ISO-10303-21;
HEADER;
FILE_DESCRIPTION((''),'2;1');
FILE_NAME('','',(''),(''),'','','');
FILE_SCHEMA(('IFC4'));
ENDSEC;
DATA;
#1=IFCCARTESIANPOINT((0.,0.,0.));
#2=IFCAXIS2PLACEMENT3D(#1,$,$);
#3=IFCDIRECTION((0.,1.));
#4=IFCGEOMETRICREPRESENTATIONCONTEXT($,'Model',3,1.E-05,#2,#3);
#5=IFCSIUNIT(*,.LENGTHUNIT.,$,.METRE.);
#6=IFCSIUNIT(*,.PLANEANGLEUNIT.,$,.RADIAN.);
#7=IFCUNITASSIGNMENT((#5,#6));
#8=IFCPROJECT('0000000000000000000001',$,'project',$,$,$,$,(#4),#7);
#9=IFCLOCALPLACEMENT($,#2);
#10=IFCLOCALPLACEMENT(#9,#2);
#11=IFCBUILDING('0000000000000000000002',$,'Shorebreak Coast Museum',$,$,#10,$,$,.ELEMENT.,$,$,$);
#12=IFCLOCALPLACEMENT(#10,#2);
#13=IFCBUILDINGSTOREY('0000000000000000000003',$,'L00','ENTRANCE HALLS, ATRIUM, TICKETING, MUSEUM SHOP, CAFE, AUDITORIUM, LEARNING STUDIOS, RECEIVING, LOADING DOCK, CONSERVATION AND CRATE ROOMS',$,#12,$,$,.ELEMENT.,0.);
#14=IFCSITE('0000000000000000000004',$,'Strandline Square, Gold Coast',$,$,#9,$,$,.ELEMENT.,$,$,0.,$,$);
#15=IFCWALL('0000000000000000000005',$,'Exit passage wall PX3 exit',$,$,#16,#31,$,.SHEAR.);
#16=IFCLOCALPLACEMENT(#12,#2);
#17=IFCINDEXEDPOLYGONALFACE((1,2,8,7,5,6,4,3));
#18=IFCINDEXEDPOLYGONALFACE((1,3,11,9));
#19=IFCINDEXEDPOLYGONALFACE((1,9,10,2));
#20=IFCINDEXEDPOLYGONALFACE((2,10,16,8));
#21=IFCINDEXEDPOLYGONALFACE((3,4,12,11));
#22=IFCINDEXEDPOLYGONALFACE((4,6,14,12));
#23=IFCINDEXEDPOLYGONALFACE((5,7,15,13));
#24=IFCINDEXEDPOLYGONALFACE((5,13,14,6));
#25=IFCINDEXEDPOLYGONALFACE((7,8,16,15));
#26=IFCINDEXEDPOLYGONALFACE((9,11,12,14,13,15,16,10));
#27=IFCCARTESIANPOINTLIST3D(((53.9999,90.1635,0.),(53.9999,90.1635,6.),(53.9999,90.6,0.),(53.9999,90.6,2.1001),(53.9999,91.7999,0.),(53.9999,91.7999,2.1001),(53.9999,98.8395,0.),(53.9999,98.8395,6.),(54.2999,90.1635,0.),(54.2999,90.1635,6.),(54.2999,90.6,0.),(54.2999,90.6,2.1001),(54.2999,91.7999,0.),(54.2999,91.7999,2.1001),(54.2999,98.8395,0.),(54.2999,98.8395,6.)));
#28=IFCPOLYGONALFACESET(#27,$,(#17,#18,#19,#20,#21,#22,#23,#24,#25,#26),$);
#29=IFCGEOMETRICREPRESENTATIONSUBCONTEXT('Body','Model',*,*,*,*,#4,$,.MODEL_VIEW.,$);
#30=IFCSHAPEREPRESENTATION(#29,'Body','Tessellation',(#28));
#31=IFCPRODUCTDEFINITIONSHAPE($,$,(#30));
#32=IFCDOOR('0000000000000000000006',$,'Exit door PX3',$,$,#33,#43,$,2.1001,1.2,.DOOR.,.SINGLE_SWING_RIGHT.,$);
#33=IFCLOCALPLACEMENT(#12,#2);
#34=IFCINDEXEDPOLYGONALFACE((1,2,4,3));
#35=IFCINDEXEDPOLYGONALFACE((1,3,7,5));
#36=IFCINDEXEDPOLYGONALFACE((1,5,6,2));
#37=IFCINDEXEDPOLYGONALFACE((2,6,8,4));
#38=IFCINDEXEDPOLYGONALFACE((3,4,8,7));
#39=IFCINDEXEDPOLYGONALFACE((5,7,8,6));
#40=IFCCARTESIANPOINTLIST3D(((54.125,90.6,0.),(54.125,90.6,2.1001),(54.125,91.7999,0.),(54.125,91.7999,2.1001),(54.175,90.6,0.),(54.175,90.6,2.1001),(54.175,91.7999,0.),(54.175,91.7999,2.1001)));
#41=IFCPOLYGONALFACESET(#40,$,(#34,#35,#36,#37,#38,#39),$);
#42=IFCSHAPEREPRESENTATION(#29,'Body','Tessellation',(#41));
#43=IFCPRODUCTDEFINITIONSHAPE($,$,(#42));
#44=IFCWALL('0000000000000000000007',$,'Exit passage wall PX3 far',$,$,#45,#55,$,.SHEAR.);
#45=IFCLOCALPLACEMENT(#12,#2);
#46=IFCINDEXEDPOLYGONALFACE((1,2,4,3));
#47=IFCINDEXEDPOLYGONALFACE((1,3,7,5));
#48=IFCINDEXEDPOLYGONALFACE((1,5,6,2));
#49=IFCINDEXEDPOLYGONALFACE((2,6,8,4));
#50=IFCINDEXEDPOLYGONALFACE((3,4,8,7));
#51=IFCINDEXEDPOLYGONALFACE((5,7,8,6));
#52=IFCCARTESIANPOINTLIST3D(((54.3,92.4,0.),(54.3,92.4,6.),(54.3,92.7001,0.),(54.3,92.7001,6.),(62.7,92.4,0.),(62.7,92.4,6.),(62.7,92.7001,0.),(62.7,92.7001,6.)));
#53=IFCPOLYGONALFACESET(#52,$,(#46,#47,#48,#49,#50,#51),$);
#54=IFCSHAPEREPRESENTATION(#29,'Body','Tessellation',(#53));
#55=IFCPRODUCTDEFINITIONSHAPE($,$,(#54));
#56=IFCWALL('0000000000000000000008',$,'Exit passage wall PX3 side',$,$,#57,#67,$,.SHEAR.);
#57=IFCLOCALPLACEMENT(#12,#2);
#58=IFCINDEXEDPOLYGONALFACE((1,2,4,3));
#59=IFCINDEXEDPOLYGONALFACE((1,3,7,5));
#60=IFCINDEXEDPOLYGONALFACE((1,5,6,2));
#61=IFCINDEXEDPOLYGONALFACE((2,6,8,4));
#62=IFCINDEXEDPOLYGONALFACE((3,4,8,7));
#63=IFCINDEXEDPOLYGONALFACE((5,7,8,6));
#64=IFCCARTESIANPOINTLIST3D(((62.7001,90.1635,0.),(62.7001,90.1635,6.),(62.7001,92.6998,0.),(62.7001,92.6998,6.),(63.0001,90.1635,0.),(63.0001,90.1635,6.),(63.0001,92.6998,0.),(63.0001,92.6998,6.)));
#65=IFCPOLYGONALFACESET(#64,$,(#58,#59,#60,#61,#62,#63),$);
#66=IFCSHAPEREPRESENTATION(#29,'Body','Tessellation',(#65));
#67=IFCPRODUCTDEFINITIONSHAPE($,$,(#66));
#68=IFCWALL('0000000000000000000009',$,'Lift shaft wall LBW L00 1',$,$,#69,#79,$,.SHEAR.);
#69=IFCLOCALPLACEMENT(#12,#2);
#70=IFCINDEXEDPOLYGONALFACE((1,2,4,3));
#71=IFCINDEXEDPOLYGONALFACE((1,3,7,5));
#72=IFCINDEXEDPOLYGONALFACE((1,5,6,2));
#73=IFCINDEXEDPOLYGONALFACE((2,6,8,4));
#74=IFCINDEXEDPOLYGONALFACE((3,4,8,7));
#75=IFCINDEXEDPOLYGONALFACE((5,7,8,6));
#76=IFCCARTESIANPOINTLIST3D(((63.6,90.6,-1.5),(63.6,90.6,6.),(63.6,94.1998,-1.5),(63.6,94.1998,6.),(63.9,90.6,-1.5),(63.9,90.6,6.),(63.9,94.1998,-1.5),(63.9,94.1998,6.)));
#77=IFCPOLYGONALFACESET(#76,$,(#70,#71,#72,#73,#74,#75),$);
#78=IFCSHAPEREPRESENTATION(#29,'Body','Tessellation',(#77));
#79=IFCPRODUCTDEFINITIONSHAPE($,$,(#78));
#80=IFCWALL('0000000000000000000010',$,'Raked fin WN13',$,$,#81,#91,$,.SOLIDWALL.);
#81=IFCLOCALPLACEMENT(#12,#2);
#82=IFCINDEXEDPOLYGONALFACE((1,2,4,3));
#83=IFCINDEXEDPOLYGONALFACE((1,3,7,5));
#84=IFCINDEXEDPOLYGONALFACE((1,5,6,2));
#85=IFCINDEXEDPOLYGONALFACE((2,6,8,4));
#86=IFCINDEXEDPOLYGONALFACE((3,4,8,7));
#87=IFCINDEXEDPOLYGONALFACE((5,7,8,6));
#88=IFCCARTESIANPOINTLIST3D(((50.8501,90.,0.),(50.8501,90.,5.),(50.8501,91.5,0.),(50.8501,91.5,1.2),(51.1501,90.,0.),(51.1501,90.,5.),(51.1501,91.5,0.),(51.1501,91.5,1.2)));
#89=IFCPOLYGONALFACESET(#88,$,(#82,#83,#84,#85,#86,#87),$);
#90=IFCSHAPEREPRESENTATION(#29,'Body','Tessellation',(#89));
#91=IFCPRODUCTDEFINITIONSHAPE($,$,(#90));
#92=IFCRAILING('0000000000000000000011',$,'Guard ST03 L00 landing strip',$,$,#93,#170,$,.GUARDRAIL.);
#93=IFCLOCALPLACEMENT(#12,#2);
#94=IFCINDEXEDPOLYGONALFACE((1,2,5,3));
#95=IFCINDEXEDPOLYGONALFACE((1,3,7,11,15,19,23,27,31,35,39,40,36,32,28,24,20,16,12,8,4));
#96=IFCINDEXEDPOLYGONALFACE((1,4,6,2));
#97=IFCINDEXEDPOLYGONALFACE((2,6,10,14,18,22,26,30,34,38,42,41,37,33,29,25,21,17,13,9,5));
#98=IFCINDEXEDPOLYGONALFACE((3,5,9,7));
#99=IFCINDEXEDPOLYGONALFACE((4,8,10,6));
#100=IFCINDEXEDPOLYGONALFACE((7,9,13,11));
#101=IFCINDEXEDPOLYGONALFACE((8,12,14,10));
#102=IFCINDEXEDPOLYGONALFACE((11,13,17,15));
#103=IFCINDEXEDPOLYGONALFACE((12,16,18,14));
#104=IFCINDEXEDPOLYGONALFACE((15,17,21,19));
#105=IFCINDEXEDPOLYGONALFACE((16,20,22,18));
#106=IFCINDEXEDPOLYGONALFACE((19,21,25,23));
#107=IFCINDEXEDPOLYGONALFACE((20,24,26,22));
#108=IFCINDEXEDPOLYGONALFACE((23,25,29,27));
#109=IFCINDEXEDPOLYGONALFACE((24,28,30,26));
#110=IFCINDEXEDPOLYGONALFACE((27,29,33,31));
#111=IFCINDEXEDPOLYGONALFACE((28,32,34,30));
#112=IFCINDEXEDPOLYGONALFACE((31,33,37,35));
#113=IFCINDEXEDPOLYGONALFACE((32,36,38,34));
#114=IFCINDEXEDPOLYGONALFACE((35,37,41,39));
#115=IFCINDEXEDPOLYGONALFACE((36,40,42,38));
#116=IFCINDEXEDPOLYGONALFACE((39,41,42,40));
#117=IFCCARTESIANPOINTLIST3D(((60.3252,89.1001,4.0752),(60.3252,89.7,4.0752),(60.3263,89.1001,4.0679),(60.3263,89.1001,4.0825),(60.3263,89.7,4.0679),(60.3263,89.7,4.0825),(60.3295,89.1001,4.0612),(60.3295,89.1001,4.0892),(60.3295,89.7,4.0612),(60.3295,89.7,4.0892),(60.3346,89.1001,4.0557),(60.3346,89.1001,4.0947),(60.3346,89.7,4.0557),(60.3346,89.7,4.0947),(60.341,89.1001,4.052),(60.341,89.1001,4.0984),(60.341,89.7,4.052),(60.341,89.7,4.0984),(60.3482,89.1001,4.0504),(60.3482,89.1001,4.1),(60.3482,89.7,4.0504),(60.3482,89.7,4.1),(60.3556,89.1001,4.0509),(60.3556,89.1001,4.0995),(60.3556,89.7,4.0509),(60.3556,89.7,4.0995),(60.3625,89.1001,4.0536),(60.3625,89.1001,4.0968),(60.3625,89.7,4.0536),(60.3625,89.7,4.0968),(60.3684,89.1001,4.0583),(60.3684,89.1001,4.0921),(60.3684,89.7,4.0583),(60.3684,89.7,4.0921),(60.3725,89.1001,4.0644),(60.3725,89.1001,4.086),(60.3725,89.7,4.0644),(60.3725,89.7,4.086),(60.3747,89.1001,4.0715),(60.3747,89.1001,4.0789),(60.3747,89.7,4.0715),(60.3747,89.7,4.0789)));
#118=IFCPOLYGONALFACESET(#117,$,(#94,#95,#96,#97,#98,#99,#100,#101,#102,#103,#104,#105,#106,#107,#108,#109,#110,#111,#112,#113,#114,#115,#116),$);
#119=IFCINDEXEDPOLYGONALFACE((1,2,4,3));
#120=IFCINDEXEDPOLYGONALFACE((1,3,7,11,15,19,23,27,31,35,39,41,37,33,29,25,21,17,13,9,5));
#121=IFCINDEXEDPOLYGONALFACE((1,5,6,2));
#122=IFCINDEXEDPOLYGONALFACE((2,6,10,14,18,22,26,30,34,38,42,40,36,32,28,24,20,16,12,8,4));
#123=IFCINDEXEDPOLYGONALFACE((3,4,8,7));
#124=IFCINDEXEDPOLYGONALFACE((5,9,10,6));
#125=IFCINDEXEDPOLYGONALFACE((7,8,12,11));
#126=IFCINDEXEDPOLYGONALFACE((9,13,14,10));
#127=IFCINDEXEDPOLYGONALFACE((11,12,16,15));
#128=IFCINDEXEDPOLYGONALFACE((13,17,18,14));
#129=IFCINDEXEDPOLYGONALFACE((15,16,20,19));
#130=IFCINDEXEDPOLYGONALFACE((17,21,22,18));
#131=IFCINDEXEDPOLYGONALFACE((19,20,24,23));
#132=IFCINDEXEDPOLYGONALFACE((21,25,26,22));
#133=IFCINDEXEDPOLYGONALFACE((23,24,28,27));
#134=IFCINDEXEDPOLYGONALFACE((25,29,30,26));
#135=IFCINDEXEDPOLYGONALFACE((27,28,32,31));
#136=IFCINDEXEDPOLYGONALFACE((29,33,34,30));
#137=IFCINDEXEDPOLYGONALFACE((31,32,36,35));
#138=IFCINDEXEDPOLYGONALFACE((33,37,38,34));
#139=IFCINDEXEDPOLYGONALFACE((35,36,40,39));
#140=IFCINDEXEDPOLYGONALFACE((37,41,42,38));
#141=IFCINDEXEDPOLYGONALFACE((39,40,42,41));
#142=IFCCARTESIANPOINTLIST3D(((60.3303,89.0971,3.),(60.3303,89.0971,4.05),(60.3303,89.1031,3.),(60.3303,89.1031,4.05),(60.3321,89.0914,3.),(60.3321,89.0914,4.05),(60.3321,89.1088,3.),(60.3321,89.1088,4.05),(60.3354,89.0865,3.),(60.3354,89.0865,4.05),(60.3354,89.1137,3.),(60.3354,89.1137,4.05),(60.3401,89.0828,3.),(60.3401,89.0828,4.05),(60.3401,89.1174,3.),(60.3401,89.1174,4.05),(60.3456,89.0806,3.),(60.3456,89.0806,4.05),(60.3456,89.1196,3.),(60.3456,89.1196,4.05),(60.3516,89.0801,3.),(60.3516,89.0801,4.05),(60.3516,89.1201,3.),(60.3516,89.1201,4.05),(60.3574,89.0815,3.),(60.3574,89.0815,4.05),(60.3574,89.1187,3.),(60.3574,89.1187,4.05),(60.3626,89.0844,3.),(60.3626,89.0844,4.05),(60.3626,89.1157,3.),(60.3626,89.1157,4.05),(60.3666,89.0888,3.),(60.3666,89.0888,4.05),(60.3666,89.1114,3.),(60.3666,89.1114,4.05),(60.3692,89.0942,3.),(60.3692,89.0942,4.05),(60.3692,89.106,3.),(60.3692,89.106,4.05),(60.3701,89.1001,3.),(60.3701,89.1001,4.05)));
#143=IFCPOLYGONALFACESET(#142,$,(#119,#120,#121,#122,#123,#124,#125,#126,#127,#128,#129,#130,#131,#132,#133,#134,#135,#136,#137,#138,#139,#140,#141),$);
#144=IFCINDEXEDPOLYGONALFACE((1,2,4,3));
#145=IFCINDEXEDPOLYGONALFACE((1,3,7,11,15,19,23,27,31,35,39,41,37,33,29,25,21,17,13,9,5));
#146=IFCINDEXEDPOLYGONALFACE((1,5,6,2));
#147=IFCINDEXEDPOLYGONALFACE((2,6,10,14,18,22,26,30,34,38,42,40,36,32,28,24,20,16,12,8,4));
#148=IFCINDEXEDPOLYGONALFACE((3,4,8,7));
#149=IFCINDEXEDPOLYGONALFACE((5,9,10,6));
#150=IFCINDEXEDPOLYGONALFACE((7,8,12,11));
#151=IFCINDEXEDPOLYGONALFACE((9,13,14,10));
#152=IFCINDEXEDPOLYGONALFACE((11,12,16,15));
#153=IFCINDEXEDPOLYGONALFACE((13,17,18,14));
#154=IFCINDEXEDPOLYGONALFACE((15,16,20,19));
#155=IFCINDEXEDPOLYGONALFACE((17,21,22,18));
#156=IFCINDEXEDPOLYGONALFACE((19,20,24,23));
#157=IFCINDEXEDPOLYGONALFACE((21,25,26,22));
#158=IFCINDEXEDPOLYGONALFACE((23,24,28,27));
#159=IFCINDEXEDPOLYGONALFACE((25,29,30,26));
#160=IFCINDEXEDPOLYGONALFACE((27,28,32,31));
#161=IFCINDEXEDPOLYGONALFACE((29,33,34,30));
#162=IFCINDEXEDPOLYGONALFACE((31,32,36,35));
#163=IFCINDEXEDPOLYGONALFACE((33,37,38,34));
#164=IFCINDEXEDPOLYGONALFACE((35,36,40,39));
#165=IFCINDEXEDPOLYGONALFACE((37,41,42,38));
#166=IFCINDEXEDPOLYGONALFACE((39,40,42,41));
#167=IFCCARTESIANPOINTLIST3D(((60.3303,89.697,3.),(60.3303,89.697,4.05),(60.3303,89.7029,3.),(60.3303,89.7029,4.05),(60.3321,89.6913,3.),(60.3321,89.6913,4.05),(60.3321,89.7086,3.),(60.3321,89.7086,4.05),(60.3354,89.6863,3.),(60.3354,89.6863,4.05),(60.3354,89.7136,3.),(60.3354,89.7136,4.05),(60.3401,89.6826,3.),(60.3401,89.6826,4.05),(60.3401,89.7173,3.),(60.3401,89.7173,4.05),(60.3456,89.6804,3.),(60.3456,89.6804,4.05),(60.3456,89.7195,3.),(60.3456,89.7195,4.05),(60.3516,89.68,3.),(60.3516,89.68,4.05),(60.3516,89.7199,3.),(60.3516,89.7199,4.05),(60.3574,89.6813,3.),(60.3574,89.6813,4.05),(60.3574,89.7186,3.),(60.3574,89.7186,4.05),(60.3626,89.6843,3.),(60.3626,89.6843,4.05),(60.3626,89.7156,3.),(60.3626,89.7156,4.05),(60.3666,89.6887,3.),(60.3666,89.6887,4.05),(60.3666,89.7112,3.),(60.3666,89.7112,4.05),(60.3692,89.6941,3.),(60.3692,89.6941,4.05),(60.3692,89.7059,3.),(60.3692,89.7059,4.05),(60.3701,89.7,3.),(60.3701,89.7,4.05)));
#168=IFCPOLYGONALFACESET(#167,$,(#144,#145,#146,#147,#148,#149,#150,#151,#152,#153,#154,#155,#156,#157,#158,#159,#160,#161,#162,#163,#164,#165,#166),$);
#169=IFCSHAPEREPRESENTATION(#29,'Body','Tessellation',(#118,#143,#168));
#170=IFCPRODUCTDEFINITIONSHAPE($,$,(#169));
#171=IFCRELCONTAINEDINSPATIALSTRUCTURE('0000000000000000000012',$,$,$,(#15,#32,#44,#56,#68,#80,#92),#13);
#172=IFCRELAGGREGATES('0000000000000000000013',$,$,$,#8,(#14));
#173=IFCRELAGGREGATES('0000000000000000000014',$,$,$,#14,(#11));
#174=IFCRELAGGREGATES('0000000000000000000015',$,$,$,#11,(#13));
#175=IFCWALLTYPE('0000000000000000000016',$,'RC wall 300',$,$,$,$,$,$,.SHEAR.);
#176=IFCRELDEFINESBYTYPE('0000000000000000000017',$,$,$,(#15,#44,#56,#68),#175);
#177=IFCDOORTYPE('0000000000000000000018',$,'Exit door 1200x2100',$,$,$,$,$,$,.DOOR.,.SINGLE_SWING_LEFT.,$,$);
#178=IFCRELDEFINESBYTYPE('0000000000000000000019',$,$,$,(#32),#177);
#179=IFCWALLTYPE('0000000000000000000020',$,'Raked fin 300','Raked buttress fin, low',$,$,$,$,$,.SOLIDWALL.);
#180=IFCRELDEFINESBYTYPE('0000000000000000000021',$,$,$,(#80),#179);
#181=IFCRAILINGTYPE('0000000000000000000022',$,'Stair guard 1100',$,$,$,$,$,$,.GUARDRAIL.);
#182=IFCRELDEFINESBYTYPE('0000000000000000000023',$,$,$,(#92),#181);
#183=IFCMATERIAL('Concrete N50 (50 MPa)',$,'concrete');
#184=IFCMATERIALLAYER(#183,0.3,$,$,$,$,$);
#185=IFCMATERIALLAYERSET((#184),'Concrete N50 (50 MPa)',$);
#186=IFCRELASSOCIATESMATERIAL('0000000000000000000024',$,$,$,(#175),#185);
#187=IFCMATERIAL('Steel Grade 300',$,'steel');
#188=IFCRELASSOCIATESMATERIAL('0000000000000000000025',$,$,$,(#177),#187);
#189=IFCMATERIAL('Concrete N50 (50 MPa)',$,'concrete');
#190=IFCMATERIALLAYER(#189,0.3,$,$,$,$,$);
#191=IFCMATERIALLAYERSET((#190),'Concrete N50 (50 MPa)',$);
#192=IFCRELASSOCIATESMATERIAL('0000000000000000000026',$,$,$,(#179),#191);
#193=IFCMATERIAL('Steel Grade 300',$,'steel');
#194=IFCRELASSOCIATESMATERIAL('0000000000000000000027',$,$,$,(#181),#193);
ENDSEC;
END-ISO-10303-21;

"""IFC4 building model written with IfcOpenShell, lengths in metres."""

from ifc_helpers import new_model, si_unit, direction, frame, frame_2d, origin, origin_2d, place, context, subcontext, project, spatial, polyline, rectangle, circle, outline, extrude, material, layer, layer_set, type_object, element, fill, save


model = new_model("IFC4")

# Units and contexts
model_context = context("Model", 3, precision=1e-05, world=origin(), true_north=direction((0.0, 1.0)))
body_context = subcontext(model_context, "Body", "Model", "MODEL_VIEW")
ifc_project = project(units=[si_unit("LENGTHUNIT", "METRE"), si_unit("PLANEANGLEUNIT", "RADIAN")], contexts=[model_context])

# Site, building, storey
site_placement = place(None, origin())
site = spatial("IfcSite", under=ifc_project, at=site_placement, Name="Strandline Square, Gold Coast", CompositionType="ELEMENT", RefElevation=0.0)
building_placement = place(site_placement, origin())
building = spatial("IfcBuilding", under=site, at=building_placement, Name="Shorebreak Coast Museum", CompositionType="ELEMENT")
storey_placement = place(building_placement, origin())
storey = spatial("IfcBuildingStorey", under=building, at=storey_placement, Name="L00", Description="ENTRANCE HALLS, ATRIUM, TICKETING, MUSEUM SHOP, CAFE, AUDITORIUM, LEARNING STUDIOS, RECEIVING, LOADING DOCK, CONSERVATION AND CRATE ROOMS", CompositionType="ELEMENT", Elevation=0.0)

# Wall, opening, door
ifc_material_1 = material(Name="Concrete N50 (50 MPa)", Category="concrete")
ifc_layer_1 = layer(ifc_material_1, 0.3)
ifc_layer_set_1 = layer_set([ifc_layer_1], Name="Concrete N50 (50 MPa)")
wall_type_1 = type_object("IfcWallType", Name="RC wall 300", PredefinedType="SHEAR", material=ifc_layer_set_1)
wall_1_placement = place(storey_placement, frame((54.1499, 90.1636, 0.0), z_axis=(0.0, 0.0, 1.0), x_axis=(0.0, 1.0, 0.0)))
wall_1 = element("IfcWall", 1, at=wall_1_placement, inside=storey, type_object=wall_type_1, Name="Exit passage wall PX3 exit", PredefinedType="SHEAR", context=body_context, shape_type="SweptSolid", body=[
    extrude(rectangle(XDim=8.676, YDim=0.3, at=frame_2d((4.3379, 0.0))), origin(), (0.0, 0.0, 1.0), 6.0),
])
opening_1_placement = place(wall_1_placement, frame((0.4363, 0.0, 0.0)))
opening_1 = element("IfcOpeningElement", 2, at=opening_1_placement, cuts=wall_1, PredefinedType="OPENING", context=body_context, shape_type="SweptSolid", body=[
    extrude(rectangle(XDim=1.2, YDim=2.1001, at=frame_2d((0.6001, 1.05))), frame((0.0, 0.1599, 0.0), z_axis=(0.0, -1.0, 0.0), x_axis=(1.0, 0.0, 0.0)), (0.0, 0.0, 1.0), 0.3201),
])
ifc_material_2 = material(Name="Steel Grade 300", Category="steel")
door_type_1 = type_object("IfcDoorType", Name="Exit door 1200x2100", OperationType="SINGLE_SWING_LEFT", PredefinedType="DOOR", material=ifc_material_2)
door_1_placement = place(opening_1_placement, origin())
door_1 = element("IfcDoor", 3, at=door_1_placement, inside=storey, type_object=door_type_1, Name="Exit door PX3", OperationType="SINGLE_SWING_RIGHT", OverallHeight=2.1001, OverallWidth=1.2, PredefinedType="DOOR", context=body_context, shape_type="SweptSolid", body=[
    extrude(rectangle(XDim=1.2, YDim=2.1001, at=frame_2d((0.6001, 1.05))), frame((0.0, 0.0249, 0.0), z_axis=(0.0, -1.0, 0.0), x_axis=(1.0, 0.0, 0.0)), (0.0, 0.0, 1.0), 0.05),
])
fill(opening_1, door_1)

# Walls
wall_2_placement = place(storey_placement, frame((54.3, 92.55, 0.0), z_axis=(0.0, 0.0, 1.0), x_axis=(1.0, 0.0, 0.0)))
element("IfcWall", 4, at=wall_2_placement, inside=storey, type_object=wall_type_1, Name="Exit passage wall PX3 far", PredefinedType="SHEAR", context=body_context, shape_type="SweptSolid", body=[
    extrude(rectangle(XDim=8.3999, YDim=0.3, at=frame_2d((4.2, 0.0))), origin(), (0.0, 0.0, 1.0), 6.0),
])
wall_3_placement = place(storey_placement, frame((62.8501, 90.1636, 0.0), z_axis=(0.0, 0.0, 1.0), x_axis=(0.0, 1.0, 0.0)))
element("IfcWall", 5, at=wall_3_placement, inside=storey, type_object=wall_type_1, Name="Exit passage wall PX3 side", PredefinedType="SHEAR", context=body_context, shape_type="SweptSolid", body=[
    extrude(rectangle(XDim=2.5364, YDim=0.3, at=frame_2d((1.2681, 0.0))), origin(), (0.0, 0.0, 1.0), 6.0),
])
wall_4_placement = place(storey_placement, frame((63.75, 90.6001, -1.5), z_axis=(0.0, 0.0, 1.0), x_axis=(0.0, 1.0, 0.0)))
element("IfcWall", 6, at=wall_4_placement, inside=storey, type_object=wall_type_1, Name="Lift shaft wall LBW L00 1", PredefinedType="SHEAR", context=body_context, shape_type="SweptSolid", body=[
    extrude(rectangle(XDim=3.5999, YDim=0.3, at=frame_2d((1.7998, 0.0))), origin(), (0.0, 0.0, 1.0), 7.5),
])
ifc_material_3 = material(Name="Concrete N50 (50 MPa)", Category="concrete")
ifc_layer_2 = layer(ifc_material_3, 0.3)
ifc_layer_set_2 = layer_set([ifc_layer_2], Name="Concrete N50 (50 MPa)")
wall_type_2 = type_object("IfcWallType", Name="Raked fin 300", Description="Raked buttress fin, low", PredefinedType="SOLIDWALL", material=ifc_layer_set_2)
wall_5_placement = place(storey_placement, frame((51.0, 90.0, 0.0), z_axis=(0.0, 0.0, 1.0), x_axis=(0.0, 1.0, 0.0)))
element("IfcWall", 7, at=wall_5_placement, inside=storey, type_object=wall_type_2, Name="Raked fin WN13", PredefinedType="SOLIDWALL", context=body_context, shape_type="SweptSolid", body=[
    extrude(outline(polyline([(0.0, 0.0), (1.5, 0.0), (1.5, 1.2), (0.0, 5.0), (0.0, 0.0)])), frame((0.0, 0.1499, 0.0), z_axis=(0.0, -1.0, 0.0), x_axis=(1.0, 0.0, 0.0)), (0.0, 0.0, 1.0), 0.3),
])

# Railing
ifc_material_4 = material(Name="Steel Grade 300", Category="steel")
railing_type_1 = type_object("IfcRailingType", Name="Stair guard 1100", PredefinedType="GUARDRAIL", material=ifc_material_4)
for number, where, name in (
    (8, (60.3501, 89.1001, 3.0), "Guard ST03 L00 landing strip"),
):
    element("IfcRailing", number, at=place(storey_placement, frame(where)), inside=storey, type_object=railing_type_1, Name=name, PredefinedType="GUARDRAIL", context=body_context, shape_type="SweptSolid", body=[
        extrude(circle(Radius=0.0249, at=origin_2d()), frame((0.0, 0.0, 1.0752), z_axis=(0.0, 1.0, 0.0), x_axis=(-1.0, 0.0, 0.0)), (0.0, 0.0, 1.0), 0.5999),
        extrude(circle(Radius=0.02, at=origin_2d()), origin(), (0.0, 0.0, 1.0), 1.05),
        extrude(circle(Radius=0.02, at=origin_2d()), frame((0.0, 0.5999, 0.0)), (0.0, 0.0, 1.0), 1.05),
    ])

save(model, "model.ifc")
